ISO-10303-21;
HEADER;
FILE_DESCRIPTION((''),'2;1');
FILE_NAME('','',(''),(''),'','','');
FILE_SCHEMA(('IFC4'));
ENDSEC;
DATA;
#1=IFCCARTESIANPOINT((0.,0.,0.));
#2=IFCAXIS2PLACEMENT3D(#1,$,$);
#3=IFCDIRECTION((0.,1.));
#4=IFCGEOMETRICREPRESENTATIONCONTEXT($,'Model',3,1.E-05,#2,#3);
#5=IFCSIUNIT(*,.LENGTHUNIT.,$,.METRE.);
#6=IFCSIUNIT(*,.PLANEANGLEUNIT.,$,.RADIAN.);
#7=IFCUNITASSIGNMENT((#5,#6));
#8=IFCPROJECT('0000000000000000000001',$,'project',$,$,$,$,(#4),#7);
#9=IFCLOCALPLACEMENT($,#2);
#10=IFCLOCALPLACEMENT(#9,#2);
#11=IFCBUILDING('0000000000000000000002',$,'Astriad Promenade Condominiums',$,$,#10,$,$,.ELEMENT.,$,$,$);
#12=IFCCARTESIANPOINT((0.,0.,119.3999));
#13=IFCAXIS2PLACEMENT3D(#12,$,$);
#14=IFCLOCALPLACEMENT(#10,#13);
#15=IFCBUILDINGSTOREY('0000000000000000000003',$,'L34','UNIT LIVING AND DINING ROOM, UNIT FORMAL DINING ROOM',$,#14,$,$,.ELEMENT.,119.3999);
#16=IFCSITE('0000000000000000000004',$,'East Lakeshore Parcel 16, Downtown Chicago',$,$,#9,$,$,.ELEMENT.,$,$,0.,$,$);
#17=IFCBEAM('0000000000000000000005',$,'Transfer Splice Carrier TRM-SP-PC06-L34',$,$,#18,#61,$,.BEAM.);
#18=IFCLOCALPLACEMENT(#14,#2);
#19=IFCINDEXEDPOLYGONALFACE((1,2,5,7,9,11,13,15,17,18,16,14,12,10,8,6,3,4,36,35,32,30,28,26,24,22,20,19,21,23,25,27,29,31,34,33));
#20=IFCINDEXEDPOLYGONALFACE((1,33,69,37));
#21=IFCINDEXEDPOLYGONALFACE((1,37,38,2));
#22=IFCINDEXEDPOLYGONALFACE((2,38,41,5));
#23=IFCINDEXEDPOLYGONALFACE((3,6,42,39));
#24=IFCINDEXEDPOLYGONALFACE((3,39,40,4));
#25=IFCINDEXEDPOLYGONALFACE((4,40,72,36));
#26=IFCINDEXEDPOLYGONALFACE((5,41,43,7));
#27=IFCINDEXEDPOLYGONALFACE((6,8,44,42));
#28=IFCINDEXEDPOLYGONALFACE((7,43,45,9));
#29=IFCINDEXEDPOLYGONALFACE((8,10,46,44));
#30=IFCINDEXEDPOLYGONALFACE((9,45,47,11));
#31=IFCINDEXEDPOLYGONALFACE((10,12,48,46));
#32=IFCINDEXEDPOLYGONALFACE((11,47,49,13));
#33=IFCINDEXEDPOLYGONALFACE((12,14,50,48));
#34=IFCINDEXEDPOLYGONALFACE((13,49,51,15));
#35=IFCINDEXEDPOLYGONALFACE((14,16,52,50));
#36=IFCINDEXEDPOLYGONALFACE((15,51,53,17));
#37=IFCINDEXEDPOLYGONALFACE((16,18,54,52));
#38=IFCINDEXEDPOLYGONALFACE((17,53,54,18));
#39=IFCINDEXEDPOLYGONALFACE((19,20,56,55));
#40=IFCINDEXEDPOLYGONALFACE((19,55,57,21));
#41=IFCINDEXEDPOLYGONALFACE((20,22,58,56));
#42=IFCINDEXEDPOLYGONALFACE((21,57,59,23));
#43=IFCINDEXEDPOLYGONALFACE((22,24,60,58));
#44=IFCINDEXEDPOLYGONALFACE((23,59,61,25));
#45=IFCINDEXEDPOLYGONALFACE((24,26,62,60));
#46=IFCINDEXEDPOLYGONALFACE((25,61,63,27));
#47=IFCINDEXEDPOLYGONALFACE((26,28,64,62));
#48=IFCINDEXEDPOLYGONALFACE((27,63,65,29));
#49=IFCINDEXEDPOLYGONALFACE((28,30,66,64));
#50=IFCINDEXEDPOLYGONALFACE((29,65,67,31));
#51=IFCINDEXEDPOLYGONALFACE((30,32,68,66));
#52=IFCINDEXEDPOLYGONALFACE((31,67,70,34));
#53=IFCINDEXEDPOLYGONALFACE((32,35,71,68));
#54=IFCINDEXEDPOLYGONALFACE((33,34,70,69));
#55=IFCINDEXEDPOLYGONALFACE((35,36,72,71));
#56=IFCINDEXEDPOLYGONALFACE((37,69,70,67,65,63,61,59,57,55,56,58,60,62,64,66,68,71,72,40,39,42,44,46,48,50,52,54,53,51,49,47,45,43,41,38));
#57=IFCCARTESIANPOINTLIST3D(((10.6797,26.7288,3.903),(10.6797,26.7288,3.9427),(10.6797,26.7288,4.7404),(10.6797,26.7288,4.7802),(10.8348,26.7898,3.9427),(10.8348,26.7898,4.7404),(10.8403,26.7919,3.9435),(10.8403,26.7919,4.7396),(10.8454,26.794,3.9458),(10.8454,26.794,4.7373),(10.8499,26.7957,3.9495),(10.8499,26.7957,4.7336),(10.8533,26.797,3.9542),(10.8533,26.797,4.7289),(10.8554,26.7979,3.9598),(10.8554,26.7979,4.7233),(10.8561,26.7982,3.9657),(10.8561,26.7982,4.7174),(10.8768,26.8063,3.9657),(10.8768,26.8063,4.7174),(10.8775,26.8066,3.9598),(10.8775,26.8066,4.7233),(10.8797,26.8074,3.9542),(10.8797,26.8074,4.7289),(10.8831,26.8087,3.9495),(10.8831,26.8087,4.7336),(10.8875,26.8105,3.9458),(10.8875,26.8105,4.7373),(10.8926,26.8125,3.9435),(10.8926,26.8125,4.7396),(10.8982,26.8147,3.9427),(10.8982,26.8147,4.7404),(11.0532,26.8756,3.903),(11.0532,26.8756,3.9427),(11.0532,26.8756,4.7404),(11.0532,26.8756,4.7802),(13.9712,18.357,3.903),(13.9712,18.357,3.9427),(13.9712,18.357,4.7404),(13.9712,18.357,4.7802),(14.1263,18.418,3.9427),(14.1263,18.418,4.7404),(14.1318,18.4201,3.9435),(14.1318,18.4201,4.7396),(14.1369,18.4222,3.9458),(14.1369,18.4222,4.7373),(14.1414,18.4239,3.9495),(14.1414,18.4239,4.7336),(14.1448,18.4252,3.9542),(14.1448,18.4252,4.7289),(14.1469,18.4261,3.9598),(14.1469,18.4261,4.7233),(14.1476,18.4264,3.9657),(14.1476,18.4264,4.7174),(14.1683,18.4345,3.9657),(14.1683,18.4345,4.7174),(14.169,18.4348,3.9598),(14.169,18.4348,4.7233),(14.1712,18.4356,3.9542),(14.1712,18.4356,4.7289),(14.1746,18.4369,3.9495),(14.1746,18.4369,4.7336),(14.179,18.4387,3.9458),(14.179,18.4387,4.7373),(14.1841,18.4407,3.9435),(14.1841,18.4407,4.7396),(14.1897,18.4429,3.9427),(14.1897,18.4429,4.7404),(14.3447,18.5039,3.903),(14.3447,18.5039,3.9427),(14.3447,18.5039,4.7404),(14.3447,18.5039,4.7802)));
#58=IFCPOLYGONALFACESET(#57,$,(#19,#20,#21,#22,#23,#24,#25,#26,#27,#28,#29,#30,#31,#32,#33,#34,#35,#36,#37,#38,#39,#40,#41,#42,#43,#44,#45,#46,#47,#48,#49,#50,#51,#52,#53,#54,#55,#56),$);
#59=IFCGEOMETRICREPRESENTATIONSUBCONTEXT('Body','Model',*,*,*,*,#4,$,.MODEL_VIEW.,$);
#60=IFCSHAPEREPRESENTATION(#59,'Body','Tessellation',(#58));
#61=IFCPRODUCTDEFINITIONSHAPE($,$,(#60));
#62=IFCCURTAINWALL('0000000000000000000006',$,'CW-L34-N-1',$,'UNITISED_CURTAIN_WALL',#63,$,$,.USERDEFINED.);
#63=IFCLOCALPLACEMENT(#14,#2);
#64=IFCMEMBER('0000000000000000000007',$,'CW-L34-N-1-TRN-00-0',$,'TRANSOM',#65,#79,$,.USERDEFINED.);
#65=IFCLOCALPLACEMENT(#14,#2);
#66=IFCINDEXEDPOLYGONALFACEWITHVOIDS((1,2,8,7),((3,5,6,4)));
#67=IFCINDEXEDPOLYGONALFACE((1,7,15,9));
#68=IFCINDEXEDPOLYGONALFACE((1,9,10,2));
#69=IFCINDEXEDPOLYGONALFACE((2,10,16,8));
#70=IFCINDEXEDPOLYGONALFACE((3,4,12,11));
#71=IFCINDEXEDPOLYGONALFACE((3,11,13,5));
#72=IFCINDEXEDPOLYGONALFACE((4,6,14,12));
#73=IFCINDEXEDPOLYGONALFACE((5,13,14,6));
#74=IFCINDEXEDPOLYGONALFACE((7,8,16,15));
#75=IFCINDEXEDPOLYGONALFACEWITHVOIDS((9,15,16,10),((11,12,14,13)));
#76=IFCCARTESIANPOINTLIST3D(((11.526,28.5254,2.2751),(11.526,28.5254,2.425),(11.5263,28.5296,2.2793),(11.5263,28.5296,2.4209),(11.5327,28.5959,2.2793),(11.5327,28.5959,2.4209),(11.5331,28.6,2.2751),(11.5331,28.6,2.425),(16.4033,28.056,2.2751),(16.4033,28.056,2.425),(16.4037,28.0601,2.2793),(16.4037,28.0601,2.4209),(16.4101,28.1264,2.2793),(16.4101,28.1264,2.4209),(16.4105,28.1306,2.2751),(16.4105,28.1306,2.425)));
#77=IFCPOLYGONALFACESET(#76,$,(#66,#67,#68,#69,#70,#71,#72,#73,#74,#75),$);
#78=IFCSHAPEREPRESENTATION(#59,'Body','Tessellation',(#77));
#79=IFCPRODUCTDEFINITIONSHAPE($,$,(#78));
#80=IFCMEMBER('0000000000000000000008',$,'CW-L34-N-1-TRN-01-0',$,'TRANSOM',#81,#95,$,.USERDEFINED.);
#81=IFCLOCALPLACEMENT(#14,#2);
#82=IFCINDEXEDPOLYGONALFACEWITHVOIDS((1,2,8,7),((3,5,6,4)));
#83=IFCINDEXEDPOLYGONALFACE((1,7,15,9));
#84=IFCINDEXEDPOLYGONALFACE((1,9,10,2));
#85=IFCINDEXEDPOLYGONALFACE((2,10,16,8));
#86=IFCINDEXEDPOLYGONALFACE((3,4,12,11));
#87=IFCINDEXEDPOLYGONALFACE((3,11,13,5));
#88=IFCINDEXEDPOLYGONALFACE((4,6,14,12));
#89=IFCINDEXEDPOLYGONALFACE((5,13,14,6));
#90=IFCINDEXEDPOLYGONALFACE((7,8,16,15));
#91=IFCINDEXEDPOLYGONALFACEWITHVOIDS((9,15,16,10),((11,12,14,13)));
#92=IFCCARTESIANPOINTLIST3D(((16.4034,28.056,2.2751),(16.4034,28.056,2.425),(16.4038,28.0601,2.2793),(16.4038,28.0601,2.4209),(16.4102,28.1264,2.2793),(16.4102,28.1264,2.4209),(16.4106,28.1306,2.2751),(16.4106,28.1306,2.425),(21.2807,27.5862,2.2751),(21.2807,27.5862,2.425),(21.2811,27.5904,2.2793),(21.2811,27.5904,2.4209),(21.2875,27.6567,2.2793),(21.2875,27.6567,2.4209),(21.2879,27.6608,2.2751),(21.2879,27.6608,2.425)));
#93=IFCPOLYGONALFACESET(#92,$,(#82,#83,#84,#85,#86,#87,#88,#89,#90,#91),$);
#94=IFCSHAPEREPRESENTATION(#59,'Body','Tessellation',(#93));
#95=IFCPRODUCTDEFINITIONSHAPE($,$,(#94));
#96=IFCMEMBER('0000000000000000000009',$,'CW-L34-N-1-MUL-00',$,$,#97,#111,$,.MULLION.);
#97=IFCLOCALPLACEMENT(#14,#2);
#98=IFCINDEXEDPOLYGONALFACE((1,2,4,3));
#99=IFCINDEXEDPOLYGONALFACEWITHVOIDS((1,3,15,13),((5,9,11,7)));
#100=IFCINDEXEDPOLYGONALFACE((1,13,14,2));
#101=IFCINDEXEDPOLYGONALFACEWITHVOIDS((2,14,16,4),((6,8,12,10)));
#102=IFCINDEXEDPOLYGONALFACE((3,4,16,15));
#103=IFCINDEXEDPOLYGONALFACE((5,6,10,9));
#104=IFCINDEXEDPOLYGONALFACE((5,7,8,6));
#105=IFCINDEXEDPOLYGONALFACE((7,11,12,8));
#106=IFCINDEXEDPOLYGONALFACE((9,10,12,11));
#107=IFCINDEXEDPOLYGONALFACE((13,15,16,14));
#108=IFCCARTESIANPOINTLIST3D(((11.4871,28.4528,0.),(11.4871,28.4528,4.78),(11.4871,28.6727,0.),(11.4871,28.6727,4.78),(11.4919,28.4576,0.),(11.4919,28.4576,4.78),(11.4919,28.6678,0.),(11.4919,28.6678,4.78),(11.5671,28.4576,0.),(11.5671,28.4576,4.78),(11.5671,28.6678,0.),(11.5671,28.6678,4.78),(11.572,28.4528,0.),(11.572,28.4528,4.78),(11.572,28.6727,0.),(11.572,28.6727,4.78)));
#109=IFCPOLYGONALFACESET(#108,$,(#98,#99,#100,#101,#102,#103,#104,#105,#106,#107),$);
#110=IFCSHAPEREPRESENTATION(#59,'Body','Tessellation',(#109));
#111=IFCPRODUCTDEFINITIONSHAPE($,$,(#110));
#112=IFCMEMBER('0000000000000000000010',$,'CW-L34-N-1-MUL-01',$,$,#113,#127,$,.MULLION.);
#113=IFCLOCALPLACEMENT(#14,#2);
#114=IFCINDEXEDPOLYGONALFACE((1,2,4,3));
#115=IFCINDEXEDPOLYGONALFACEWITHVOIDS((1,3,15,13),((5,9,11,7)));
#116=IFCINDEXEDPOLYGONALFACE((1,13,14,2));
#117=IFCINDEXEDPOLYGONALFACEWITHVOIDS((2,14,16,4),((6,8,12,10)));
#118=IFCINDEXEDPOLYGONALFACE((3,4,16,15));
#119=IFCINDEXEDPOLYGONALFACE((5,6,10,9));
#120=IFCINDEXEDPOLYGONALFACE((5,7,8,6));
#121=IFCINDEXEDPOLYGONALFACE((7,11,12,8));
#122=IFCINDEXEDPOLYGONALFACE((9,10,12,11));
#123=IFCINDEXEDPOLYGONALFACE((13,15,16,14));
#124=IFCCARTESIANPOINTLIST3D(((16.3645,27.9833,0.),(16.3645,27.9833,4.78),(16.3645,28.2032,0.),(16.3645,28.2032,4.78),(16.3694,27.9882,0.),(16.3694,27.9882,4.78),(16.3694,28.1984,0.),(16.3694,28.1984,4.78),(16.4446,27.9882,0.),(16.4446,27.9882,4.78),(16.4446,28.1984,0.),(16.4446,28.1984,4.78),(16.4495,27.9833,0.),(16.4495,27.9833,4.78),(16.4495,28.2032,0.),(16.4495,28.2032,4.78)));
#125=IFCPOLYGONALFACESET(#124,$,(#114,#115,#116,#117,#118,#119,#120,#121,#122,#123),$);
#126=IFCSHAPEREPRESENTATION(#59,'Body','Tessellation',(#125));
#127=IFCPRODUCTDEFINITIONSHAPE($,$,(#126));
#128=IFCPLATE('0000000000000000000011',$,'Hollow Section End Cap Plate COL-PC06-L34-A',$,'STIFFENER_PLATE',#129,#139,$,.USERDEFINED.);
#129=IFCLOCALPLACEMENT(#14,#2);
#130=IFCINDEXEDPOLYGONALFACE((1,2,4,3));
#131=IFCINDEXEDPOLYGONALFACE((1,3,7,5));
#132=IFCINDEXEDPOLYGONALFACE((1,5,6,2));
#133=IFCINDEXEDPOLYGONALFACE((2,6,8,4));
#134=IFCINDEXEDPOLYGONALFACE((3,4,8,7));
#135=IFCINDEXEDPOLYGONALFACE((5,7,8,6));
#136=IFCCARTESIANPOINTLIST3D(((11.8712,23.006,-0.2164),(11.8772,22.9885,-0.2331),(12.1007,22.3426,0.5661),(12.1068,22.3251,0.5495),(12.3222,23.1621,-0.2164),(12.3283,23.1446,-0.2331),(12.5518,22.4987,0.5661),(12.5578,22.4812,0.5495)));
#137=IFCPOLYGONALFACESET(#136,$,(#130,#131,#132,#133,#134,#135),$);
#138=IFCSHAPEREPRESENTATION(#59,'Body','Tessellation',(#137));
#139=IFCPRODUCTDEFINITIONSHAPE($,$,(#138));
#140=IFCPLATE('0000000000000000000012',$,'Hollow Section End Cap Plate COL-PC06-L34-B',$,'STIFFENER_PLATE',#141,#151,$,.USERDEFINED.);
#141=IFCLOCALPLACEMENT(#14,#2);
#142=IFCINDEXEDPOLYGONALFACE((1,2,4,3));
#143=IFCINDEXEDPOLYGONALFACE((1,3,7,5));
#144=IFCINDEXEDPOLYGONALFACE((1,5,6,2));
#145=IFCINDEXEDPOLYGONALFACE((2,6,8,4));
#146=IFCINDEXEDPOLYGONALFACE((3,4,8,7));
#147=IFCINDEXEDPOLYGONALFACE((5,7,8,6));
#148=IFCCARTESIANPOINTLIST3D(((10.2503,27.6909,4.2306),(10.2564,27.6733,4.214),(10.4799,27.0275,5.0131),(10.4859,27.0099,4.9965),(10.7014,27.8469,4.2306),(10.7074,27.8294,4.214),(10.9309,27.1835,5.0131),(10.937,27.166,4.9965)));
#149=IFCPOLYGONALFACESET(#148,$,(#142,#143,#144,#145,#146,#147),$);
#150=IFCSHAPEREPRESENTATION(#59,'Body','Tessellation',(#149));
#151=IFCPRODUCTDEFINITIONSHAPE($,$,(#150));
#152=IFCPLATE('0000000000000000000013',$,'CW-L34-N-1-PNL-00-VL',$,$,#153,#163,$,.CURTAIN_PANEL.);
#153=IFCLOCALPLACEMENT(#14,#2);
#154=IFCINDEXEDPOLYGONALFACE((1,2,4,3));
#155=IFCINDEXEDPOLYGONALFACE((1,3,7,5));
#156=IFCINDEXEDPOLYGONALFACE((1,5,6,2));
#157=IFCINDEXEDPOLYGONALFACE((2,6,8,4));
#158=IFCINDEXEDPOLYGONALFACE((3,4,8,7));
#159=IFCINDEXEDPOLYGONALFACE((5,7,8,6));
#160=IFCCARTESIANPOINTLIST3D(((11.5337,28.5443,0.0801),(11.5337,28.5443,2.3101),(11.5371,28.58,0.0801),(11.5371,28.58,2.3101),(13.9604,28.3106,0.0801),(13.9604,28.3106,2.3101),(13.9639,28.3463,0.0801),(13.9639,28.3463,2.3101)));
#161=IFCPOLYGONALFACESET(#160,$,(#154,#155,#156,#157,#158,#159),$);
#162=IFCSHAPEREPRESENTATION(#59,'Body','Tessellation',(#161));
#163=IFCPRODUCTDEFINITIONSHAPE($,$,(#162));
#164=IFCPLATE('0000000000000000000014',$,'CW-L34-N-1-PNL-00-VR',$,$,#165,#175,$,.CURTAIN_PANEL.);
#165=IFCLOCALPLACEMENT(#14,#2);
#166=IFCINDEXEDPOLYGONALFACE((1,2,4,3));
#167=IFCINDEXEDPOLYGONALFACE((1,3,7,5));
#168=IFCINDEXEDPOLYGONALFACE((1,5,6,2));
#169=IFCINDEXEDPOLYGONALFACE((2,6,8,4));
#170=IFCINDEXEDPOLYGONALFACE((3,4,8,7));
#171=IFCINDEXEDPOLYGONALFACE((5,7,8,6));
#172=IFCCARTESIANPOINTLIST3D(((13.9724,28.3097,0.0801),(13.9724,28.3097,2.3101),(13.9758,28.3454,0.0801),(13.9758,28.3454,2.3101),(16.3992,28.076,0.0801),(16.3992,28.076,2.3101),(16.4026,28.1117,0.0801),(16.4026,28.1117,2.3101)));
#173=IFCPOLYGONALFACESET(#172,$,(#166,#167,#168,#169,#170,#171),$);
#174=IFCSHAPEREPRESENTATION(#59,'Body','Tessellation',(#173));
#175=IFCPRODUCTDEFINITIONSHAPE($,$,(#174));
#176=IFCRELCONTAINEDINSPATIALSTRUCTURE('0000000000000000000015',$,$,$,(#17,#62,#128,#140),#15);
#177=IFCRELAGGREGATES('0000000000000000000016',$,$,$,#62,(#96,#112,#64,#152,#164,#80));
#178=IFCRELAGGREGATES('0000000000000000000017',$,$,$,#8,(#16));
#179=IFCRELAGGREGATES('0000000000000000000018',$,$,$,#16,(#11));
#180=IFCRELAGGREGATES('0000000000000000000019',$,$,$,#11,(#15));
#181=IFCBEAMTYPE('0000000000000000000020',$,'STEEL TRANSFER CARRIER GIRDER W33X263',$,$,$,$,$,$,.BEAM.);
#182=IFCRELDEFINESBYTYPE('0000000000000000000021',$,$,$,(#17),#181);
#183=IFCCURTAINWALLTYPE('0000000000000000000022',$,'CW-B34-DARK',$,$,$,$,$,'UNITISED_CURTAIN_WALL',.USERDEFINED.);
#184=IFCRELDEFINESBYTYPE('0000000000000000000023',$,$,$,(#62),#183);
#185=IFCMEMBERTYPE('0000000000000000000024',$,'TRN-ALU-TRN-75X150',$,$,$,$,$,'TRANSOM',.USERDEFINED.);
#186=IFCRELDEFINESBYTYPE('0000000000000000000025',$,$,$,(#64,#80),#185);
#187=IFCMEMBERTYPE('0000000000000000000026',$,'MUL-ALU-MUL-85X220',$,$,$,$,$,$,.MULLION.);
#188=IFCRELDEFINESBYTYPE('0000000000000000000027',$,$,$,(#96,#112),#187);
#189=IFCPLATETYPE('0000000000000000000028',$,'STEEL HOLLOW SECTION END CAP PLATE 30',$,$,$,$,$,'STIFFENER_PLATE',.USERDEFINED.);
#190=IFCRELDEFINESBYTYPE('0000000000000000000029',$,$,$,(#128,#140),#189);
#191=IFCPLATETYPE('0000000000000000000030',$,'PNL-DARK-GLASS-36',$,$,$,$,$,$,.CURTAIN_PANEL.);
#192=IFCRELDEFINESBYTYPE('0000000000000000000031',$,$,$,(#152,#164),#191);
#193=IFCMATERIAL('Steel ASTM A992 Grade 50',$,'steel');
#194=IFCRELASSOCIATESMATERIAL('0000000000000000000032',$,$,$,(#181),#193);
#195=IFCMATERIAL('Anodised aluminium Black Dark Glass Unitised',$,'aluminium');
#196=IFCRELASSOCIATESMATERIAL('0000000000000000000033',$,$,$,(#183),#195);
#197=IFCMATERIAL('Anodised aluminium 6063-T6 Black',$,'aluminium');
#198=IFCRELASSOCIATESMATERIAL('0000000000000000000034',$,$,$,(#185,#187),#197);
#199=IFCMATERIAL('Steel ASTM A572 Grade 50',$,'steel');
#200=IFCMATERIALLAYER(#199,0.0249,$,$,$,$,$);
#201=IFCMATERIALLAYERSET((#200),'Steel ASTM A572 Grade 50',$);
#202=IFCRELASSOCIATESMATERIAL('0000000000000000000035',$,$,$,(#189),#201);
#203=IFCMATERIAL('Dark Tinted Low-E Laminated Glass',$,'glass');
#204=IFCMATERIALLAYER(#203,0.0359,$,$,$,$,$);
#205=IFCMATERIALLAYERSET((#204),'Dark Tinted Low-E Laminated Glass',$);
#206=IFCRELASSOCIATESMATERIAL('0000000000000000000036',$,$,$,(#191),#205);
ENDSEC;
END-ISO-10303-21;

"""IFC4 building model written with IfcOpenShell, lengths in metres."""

from ifc_helpers import new_model, si_unit, direction, frame, origin, origin_2d, place, context, subcontext, project, spatial, rectangle, hollow_rectangle, i_section, extrude, source, transform, mapped, material, layer, layer_set, material_profile, profile_set, type_object, type_shapes, element, aggregate, save


model = new_model("IFC4")

# Units and contexts
model_context = context("Model", 3, precision=1e-05, world=origin(), true_north=direction((0.0, 1.0)))
body_context = subcontext(model_context, "Body", "Model", "MODEL_VIEW")
ifc_project = project(units=[si_unit("LENGTHUNIT", "METRE"), si_unit("PLANEANGLEUNIT", "RADIAN")], contexts=[model_context])

# Site, building, storey
site_placement = place(None, origin())
site = spatial("IfcSite", under=ifc_project, at=site_placement, Name="East Lakeshore Parcel 16, Downtown Chicago", CompositionType="ELEMENT", RefElevation=0.0)
building_placement = place(site_placement, origin())
building = spatial("IfcBuilding", under=site, at=building_placement, Name="Astriad Promenade Condominiums", CompositionType="ELEMENT")
storey_placement = place(building_placement, frame((0.0, 0.0, 119.3999)))
storey = spatial("IfcBuildingStorey", under=building, at=storey_placement, Name="L34", Description="UNIT LIVING AND DINING ROOM, UNIT FORMAL DINING ROOM", CompositionType="ELEMENT", Elevation=119.3999)

# Shared definitions
ifc_material_1 = material(Name="Steel ASTM A992 Grade 50", Category="steel")

# Beam
ifc_material_profile_1 = material_profile(ifc_material_1, i_section(OverallWidth=0.4014, OverallDepth=0.8772, WebThickness=0.0222, FlangeThickness=0.0398, FilletRadius=0.0229, at=origin_2d()), Name="W33X263")
ifc_profile_set_1 = profile_set([ifc_material_profile_1], Name="Steel ASTM A992 Grade 50")
beam_type_1 = type_object("IfcBeamType", Name="STEEL TRANSFER CARRIER GIRDER W33X263", PredefinedType="BEAM", material=ifc_profile_set_1)
shared_shape_1 = source(origin(), body_context, "Body", "SweptSolid", [
    extrude(i_section(OverallWidth=0.4014, OverallDepth=0.8772, WebThickness=0.0222, FlangeThickness=0.0398, FilletRadius=0.0229, at=origin_2d()), origin(), (0.0, 0.0, 1.0), 8.9956),
])
beam_1_placement = place(storey_placement, frame((14.158, 18.4304, 4.3416), z_axis=(-0.3659, 0.930654, 0.0), x_axis=(-0.930654, -0.3659, 0.0)))
element("IfcBeam", 1, at=beam_1_placement, inside=storey, type_object=beam_type_1, Name="Transfer Splice Carrier TRM-SP-PC06-L34", PredefinedType="BEAM", context=body_context, shape_type="MappedRepresentation", body=[
    mapped(shared_shape_1, transform((0.0, 0.0, 0.0), scale=1.0)),
])

# Curtain wall, members
ifc_material_2 = material(Name="Anodised aluminium Black Dark Glass Unitised", Category="aluminium")
curtain_wall_type = type_object("IfcCurtainWallType", Name="CW-B34-DARK", ElementType="UNITISED_CURTAIN_WALL", PredefinedType="USERDEFINED", material=ifc_material_2)
curtain_wall_placement = place(storey_placement, origin())
curtain_wall = element("IfcCurtainWall", 2, at=curtain_wall_placement, inside=storey, type_object=curtain_wall_type, Name="CW-L34-N-1", ObjectType="UNITISED_CURTAIN_WALL", PredefinedType="USERDEFINED")
ifc_material_3 = material(Name="Anodised aluminium 6063-T6 Black", Category="aluminium")
ifc_material_profile_2 = material_profile(ifc_material_3, hollow_rectangle(XDim=0.075, YDim=0.1499, WallThickness=0.0042, at=origin_2d()), Name="ALU-TRN-75X150")
ifc_profile_set_2 = profile_set([ifc_material_profile_2], Name="Anodised aluminium 6063-T6 Black")
member_type_1 = type_object("IfcMemberType", Name="TRN-ALU-TRN-75X150", ElementType="TRANSOM", PredefinedType="USERDEFINED", material=ifc_profile_set_2)
shared_shape_2 = source(origin(), body_context, "Body", "SweptSolid", [
    extrude(hollow_rectangle(XDim=0.075, YDim=0.1499, WallThickness=0.0042, at=origin_2d()), origin(), (0.0, 0.0, 1.0), 4.8999),
])
type_shapes(member_type_1, [shared_shape_2])
member_1_placement = place(storey_placement, frame((11.5295, 28.5627, 2.3501), z_axis=(0.995399, -0.095813, 0.0), x_axis=(0.095813, 0.995399, 0.0)))
member_1 = element("IfcMember", 3, at=member_1_placement, type_object=member_type_1, Name="CW-L34-N-1-TRN-00-0", ObjectType="TRANSOM", PredefinedType="USERDEFINED", context=body_context, shape_type="MappedRepresentation", body=[
    mapped(shared_shape_2, transform((0.0, 0.0, 0.0), scale=1.0)),
])
member_2_placement = place(storey_placement, frame((16.407, 28.0933, 2.3501), z_axis=(0.995395, -0.095862, 0.0), x_axis=(0.095862, 0.995395, 0.0)))
member_2 = element("IfcMember", 4, at=member_2_placement, type_object=member_type_1, Name="CW-L34-N-1-TRN-01-0", ObjectType="TRANSOM", PredefinedType="USERDEFINED", context=body_context, shape_type="MappedRepresentation", body=[
    mapped(shared_shape_2, transform((0.0, 0.0, 0.0), scale=1.0)),
])
ifc_material_profile_3 = material_profile(ifc_material_3, hollow_rectangle(XDim=0.085, YDim=0.22, WallThickness=0.0049, at=origin_2d()), Name="ALU-MUL-85X220")
ifc_profile_set_3 = profile_set([ifc_material_profile_3], Name="Anodised aluminium 6063-T6 Black")
member_type_2 = type_object("IfcMemberType", Name="MUL-ALU-MUL-85X220", PredefinedType="MULLION", material=ifc_profile_set_3)
shared_shape_3 = source(origin(), body_context, "Body", "SweptSolid", [
    extrude(hollow_rectangle(XDim=0.085, YDim=0.22, WallThickness=0.0049, at=origin_2d()), origin(), (0.0, 0.0, 1.0), 4.78),
])
type_shapes(member_type_2, [shared_shape_3])
member_3_placement = place(storey_placement, frame((11.5295, 28.5627, 0.0), z_axis=(0.0, 0.0, 1.0), x_axis=(1.0, 0.0, 0.0)))
member_3 = element("IfcMember", 5, at=member_3_placement, type_object=member_type_2, Name="CW-L34-N-1-MUL-00", PredefinedType="MULLION", context=body_context, shape_type="MappedRepresentation", body=[
    mapped(shared_shape_3, transform((0.0, 0.0, 0.0), scale=1.0)),
])
member_4_placement = place(storey_placement, frame((16.407, 28.0933, 0.0), z_axis=(0.0, 0.0, 1.0), x_axis=(1.0, 0.0, 0.0)))
member_4 = element("IfcMember", 6, at=member_4_placement, type_object=member_type_2, Name="CW-L34-N-1-MUL-01", PredefinedType="MULLION", context=body_context, shape_type="MappedRepresentation", body=[
    mapped(shared_shape_3, transform((0.0, 0.0, 0.0), scale=1.0)),
])

# Plates
ifc_material_4 = material(Name="Steel ASTM A572 Grade 50", Category="steel")
ifc_layer_1 = layer(ifc_material_4, 0.0249)
ifc_layer_set_1 = layer_set([ifc_layer_1], Name="Steel ASTM A572 Grade 50")
plate_type_1 = type_object("IfcPlateType", Name="STEEL HOLLOW SECTION END CAP PLATE 30", ElementType="STIFFENER_PLATE", PredefinedType="USERDEFINED", material=ifc_layer_set_1)
shared_shape_4 = source(origin(), body_context, "Body", "SweptSolid", [
    extrude(rectangle(XDim=0.4773, YDim=1.0513, at=origin_2d()), origin(), (0.0, 0.0, 1.0), 0.0249),
])
type_shapes(plate_type_1, [shared_shape_4])
for number, where, z_axis, x_axis, name in (
    (7, (12.2175, 22.7349, 0.1582), (-0.2434, 0.703462, 0.667756), (-0.94503, -0.326983, 0.0), "Hollow Section End Cap Plate COL-PC06-L34-A"),
    (8, (10.5967, 27.4197, 4.6052), (-0.2434, 0.703462, 0.667756), (-0.94503, -0.326983, 0.0), "Hollow Section End Cap Plate COL-PC06-L34-B"),
):
    element("IfcPlate", number, at=place(storey_placement, frame(where, z_axis=z_axis, x_axis=x_axis)), inside=storey, type_object=plate_type_1, Name=name, ObjectType="STIFFENER_PLATE", PredefinedType="USERDEFINED", context=body_context, shape_type="MappedRepresentation", body=[
        mapped(shared_shape_4, transform((0.0, 0.0, 0.0), scale=1.0)),
    ])

# Plates
ifc_material_5 = material(Name="Dark Tinted Low-E Laminated Glass", Category="glass")
ifc_layer_2 = layer(ifc_material_5, 0.0359)
ifc_layer_set_2 = layer_set([ifc_layer_2], Name="Dark Tinted Low-E Laminated Glass")
plate_type_2 = type_object("IfcPlateType", Name="PNL-DARK-GLASS-36", PredefinedType="CURTAIN_PANEL", material=ifc_layer_set_2)
shared_shape_5 = source(origin(), body_context, "Body", "SweptSolid", [
    extrude(rectangle(XDim=2.438, YDim=0.0359, at=origin_2d()), origin(), (0.0, 0.0, 1.0), 2.23),
])
plate_1_placement = place(storey_placement, frame((12.7488, 28.4453, 0.0801), z_axis=(0.0, 0.0, 1.0), x_axis=(0.995396, -0.095846, 0.0)))
plate_1 = element("IfcPlate", 9, at=plate_1_placement, type_object=plate_type_2, Name="CW-L34-N-1-PNL-00-VL", PredefinedType="CURTAIN_PANEL", context=body_context, shape_type="MappedRepresentation", body=[
    mapped(shared_shape_5, transform((0.0, 0.0, 0.0), scale=1.0)),
])
plate_2_placement = place(storey_placement, frame((15.1875, 28.2107, 0.0801), z_axis=(0.0, 0.0, 1.0), x_axis=(0.995396, -0.095846, 0.0)))
plate_2 = element("IfcPlate", 10, at=plate_2_placement, type_object=plate_type_2, Name="CW-L34-N-1-PNL-00-VR", PredefinedType="CURTAIN_PANEL", context=body_context, shape_type="MappedRepresentation", body=[
    mapped(shared_shape_5, transform((0.0, 0.0, 0.0), scale=1.0)),
])
aggregate(curtain_wall, [member_3, member_4, member_1, plate_1, plate_2, member_2])

save(model, "model.ifc")
